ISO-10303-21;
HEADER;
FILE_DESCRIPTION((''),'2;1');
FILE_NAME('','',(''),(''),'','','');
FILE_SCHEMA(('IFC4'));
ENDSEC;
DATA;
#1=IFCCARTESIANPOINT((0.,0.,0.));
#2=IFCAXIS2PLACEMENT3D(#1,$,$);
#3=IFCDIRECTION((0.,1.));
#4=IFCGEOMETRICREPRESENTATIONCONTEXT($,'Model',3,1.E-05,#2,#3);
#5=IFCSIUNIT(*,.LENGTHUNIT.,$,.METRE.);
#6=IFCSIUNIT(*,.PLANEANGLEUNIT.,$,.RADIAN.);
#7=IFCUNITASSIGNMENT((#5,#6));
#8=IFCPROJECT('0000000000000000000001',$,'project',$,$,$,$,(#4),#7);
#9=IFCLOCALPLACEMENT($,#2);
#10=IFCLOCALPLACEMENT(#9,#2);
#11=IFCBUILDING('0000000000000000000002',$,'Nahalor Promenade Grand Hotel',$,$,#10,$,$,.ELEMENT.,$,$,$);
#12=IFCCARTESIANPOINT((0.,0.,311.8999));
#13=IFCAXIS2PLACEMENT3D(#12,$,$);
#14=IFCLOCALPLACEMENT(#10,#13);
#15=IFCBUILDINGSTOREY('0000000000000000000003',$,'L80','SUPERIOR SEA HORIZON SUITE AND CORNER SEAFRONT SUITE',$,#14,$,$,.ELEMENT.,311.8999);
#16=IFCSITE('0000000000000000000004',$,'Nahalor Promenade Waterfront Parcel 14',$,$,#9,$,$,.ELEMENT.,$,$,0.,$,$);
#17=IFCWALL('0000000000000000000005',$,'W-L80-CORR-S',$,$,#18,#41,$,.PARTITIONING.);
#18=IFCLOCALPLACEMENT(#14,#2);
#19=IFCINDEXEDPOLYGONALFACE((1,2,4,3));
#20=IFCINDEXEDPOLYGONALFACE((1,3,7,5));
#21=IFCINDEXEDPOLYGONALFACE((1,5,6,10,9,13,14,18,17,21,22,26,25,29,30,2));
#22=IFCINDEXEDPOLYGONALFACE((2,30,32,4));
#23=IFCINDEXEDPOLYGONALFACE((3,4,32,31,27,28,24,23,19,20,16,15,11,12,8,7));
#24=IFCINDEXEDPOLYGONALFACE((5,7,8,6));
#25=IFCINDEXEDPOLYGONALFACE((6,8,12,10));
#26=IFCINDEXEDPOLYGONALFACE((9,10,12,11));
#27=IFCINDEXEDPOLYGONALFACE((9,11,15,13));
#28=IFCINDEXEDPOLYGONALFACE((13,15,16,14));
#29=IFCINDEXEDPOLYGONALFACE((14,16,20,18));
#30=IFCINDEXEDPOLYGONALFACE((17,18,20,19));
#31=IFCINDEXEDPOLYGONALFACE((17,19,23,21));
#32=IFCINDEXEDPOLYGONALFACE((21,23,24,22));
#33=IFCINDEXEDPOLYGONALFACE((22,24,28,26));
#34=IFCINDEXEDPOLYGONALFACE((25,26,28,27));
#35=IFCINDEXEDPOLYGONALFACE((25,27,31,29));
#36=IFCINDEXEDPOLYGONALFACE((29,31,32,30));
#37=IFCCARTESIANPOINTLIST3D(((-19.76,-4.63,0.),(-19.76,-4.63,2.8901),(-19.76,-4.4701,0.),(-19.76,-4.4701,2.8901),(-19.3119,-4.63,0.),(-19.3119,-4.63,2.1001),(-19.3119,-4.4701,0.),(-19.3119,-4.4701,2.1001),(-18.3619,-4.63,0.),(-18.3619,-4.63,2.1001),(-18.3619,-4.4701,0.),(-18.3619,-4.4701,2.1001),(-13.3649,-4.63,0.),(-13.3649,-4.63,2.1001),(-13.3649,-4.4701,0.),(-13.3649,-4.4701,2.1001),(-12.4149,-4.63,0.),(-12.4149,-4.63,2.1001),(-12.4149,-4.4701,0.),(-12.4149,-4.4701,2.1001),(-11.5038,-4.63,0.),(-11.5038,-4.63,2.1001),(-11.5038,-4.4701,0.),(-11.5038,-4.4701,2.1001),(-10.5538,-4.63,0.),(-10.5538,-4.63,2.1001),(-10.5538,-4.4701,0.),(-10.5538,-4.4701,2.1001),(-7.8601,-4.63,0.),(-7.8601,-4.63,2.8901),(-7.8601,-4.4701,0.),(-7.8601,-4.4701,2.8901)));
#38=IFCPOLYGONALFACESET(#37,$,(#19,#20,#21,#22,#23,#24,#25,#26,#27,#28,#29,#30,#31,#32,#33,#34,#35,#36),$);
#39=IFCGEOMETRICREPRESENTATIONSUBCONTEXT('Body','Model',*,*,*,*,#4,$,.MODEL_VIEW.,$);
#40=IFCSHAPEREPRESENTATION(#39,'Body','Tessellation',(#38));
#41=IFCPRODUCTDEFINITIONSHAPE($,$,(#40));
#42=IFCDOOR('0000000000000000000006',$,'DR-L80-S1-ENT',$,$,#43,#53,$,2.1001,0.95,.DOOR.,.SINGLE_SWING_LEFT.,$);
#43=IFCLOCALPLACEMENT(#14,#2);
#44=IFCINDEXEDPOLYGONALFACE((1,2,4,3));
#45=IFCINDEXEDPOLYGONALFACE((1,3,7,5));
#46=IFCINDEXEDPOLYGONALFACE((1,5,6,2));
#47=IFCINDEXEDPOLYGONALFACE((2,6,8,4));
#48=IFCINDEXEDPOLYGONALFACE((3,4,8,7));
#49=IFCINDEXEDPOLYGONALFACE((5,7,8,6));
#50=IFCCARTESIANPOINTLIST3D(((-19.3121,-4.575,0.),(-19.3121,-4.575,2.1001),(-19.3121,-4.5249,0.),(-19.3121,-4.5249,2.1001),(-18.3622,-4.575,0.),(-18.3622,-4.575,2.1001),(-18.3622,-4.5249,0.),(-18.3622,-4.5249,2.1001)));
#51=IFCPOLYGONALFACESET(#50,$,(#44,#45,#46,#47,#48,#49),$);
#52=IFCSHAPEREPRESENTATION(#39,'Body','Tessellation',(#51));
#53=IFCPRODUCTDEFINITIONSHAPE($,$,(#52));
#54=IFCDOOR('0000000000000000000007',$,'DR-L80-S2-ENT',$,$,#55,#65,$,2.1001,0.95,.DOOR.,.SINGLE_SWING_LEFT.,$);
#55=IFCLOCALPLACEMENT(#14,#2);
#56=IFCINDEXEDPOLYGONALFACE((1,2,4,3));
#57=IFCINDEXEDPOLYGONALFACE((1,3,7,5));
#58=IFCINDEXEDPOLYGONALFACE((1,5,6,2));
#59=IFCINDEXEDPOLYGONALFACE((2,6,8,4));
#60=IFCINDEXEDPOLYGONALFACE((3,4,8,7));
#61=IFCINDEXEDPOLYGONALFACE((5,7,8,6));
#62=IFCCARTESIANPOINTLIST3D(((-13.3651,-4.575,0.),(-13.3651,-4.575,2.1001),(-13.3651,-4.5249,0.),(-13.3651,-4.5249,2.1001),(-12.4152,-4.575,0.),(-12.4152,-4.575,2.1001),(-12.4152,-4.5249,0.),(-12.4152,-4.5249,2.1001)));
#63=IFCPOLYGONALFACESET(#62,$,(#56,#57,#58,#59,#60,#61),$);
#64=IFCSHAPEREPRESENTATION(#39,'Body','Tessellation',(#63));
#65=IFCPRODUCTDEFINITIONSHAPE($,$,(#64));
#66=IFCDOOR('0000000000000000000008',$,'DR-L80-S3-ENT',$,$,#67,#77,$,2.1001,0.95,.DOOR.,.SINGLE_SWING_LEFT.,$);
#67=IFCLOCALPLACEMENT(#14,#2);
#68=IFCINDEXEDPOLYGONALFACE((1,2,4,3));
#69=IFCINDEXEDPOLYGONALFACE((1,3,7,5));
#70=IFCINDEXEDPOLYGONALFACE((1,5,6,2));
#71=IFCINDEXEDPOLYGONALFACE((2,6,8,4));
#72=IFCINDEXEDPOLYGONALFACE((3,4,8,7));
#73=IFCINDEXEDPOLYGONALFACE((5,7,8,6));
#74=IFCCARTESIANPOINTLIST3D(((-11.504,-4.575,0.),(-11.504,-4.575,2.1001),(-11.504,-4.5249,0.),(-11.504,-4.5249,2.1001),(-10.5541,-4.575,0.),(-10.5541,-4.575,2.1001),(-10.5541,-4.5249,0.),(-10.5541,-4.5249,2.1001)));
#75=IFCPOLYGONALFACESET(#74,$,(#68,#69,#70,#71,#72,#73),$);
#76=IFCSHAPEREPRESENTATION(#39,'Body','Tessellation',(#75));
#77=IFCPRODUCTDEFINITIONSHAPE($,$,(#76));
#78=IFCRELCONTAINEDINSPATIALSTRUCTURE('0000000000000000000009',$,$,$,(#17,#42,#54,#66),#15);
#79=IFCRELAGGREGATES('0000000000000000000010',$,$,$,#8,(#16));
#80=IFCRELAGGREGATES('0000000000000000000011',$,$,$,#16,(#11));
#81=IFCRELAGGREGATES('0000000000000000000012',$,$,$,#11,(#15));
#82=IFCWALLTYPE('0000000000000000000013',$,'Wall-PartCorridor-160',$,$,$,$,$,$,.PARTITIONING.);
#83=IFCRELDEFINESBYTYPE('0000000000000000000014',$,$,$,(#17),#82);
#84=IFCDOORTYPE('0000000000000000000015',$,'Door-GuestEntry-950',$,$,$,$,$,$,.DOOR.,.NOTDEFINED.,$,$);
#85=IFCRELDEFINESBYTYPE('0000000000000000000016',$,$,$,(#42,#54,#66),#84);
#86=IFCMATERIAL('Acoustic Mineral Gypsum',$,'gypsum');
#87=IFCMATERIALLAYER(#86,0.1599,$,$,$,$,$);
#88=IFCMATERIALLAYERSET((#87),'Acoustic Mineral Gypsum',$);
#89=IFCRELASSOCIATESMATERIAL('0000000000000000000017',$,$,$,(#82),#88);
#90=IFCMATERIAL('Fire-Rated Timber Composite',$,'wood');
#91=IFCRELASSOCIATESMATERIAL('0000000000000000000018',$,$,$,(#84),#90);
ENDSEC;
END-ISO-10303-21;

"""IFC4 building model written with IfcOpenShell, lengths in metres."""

from ifc_helpers import new_model, si_unit, direction, frame, frame_2d, origin, place, context, subcontext, project, spatial, rectangle, extrude, source, transform, mapped, material, layer, layer_set, type_object, element, fill, save


model = new_model("IFC4")

# Units and contexts
model_context = context("Model", 3, precision=1e-05, world=origin(), true_north=direction((0.0, 1.0)))
body_context = subcontext(model_context, "Body", "Model", "MODEL_VIEW")
ifc_project = project(units=[si_unit("LENGTHUNIT", "METRE"), si_unit("PLANEANGLEUNIT", "RADIAN")], contexts=[model_context])

# Site, building, storey
site_placement = place(None, origin())
site = spatial("IfcSite", under=ifc_project, at=site_placement, Name="Nahalor Promenade Waterfront Parcel 14", CompositionType="ELEMENT", RefElevation=0.0)
building_placement = place(site_placement, origin())
building = spatial("IfcBuilding", under=site, at=building_placement, Name="Nahalor Promenade Grand Hotel", CompositionType="ELEMENT")
storey_placement = place(building_placement, frame((0.0, 0.0, 311.8999)))
storey = spatial("IfcBuildingStorey", under=building, at=storey_placement, Name="L80", Description="SUPERIOR SEA HORIZON SUITE AND CORNER SEAFRONT SUITE", CompositionType="ELEMENT", Elevation=311.8999)

# Wall, openings, doors
ifc_material_1 = material(Name="Acoustic Mineral Gypsum", Category="gypsum")
ifc_layer_1 = layer(ifc_material_1, 0.1599)
ifc_layer_set_1 = layer_set([ifc_layer_1], Name="Acoustic Mineral Gypsum")
wall_type = type_object("IfcWallType", Name="Wall-PartCorridor-160", PredefinedType="PARTITIONING", material=ifc_layer_set_1)
shared_shape_1 = source(origin(), body_context, "Body", "SweptSolid", [
    extrude(rectangle(XDim=11.8999, YDim=0.1599, at=frame_2d((5.95, 0.0))), origin(), (0.0, 0.0, 1.0), 2.8901),
])
wall_placement = place(storey_placement, frame((-19.76, -4.55, 0.0), z_axis=(0.0, 0.0, 1.0), x_axis=(1.0, 0.0, 0.0)))
wall = element("IfcWall", 1, at=wall_placement, inside=storey, type_object=wall_type, Name="W-L80-CORR-S", PredefinedType="PARTITIONING", context=body_context, shape_type="MappedRepresentation", body=[
    mapped(shared_shape_1, transform((0.0, 0.0, 0.0), scale=1.0)),
])
opening_1_placement = place(wall_placement, frame((0.448, 0.0, 0.0)))
opening_1 = element("IfcOpeningElement", 2, at=opening_1_placement, cuts=wall, PredefinedType="OPENING", context=body_context, shape_type="SweptSolid", body=[
    extrude(rectangle(XDim=0.95, YDim=2.1001, at=frame_2d((0.4751, 1.05))), frame((0.0, 0.0898, 0.0), z_axis=(0.0, -1.0, 0.0), x_axis=(1.0, 0.0, 0.0)), (0.0, 0.0, 1.0), 0.1799),
])
opening_2_placement = place(wall_placement, frame((6.395, 0.0, 0.0)))
opening_2 = element("IfcOpeningElement", 3, at=opening_2_placement, cuts=wall, PredefinedType="OPENING", context=body_context, shape_type="SweptSolid", body=[
    extrude(rectangle(XDim=0.95, YDim=2.1001, at=frame_2d((0.4751, 1.05))), frame((0.0, 0.0898, 0.0), z_axis=(0.0, -1.0, 0.0), x_axis=(1.0, 0.0, 0.0)), (0.0, 0.0, 1.0), 0.1799),
])
opening_3_placement = place(wall_placement, frame((8.2561, 0.0, 0.0)))
opening_3 = element("IfcOpeningElement", 4, at=opening_3_placement, cuts=wall, PredefinedType="OPENING", context=body_context, shape_type="SweptSolid", body=[
    extrude(rectangle(XDim=0.95, YDim=2.1001, at=frame_2d((0.4751, 1.05))), frame((0.0, 0.0898, 0.0), z_axis=(0.0, -1.0, 0.0), x_axis=(1.0, 0.0, 0.0)), (0.0, 0.0, 1.0), 0.1799),
])
ifc_material_2 = material(Name="Fire-Rated Timber Composite", Category="wood")
door_type = type_object("IfcDoorType", Name="Door-GuestEntry-950", OperationType="NOTDEFINED", PredefinedType="DOOR", material=ifc_material_2)
shared_shape_2 = source(origin(), body_context, "Body", "SweptSolid", [
    extrude(rectangle(XDim=0.95, YDim=2.1001, at=frame_2d((0.4751, 1.05))), frame((0.0, 0.0249, 0.0), z_axis=(0.0, -1.0, 0.0), x_axis=(1.0, 0.0, 0.0)), (0.0, 0.0, 1.0), 0.05),
])
door_1_placement = place(opening_1_placement, frame((0.95, 0.0, 0.0), z_axis=(0.0, 0.0, 1.0), x_axis=(-1.0, 0.0, 0.0)))
door_1 = element("IfcDoor", 5, at=door_1_placement, inside=storey, type_object=door_type, Name="DR-L80-S1-ENT", OperationType="SINGLE_SWING_LEFT", OverallHeight=2.1001, OverallWidth=0.95, PredefinedType="DOOR", context=body_context, shape_type="MappedRepresentation", body=[
    mapped(shared_shape_2, transform((0.0, 0.0, 0.0), scale=1.0)),
])
fill(opening_1, door_1)
door_2_placement = place(opening_2_placement, frame((0.95, 0.0, 0.0), z_axis=(0.0, 0.0, 1.0), x_axis=(-1.0, 0.0, 0.0)))
door_2 = element("IfcDoor", 6, at=door_2_placement, inside=storey, type_object=door_type, Name="DR-L80-S2-ENT", OperationType="SINGLE_SWING_LEFT", OverallHeight=2.1001, OverallWidth=0.95, PredefinedType="DOOR", context=body_context, shape_type="MappedRepresentation", body=[
    mapped(shared_shape_2, transform((0.0, 0.0, 0.0), scale=1.0)),
])
fill(opening_2, door_2)
door_3_placement = place(opening_3_placement, frame((0.95, 0.0, 0.0), z_axis=(0.0, 0.0, 1.0), x_axis=(-1.0, 0.0, 0.0)))
door_3 = element("IfcDoor", 7, at=door_3_placement, inside=storey, type_object=door_type, Name="DR-L80-S3-ENT", OperationType="SINGLE_SWING_LEFT", OverallHeight=2.1001, OverallWidth=0.95, PredefinedType="DOOR", context=body_context, shape_type="MappedRepresentation", body=[
    mapped(shared_shape_2, transform((0.0, 0.0, 0.0), scale=1.0)),
])
fill(opening_3, door_3)

save(model, "model.ifc")
